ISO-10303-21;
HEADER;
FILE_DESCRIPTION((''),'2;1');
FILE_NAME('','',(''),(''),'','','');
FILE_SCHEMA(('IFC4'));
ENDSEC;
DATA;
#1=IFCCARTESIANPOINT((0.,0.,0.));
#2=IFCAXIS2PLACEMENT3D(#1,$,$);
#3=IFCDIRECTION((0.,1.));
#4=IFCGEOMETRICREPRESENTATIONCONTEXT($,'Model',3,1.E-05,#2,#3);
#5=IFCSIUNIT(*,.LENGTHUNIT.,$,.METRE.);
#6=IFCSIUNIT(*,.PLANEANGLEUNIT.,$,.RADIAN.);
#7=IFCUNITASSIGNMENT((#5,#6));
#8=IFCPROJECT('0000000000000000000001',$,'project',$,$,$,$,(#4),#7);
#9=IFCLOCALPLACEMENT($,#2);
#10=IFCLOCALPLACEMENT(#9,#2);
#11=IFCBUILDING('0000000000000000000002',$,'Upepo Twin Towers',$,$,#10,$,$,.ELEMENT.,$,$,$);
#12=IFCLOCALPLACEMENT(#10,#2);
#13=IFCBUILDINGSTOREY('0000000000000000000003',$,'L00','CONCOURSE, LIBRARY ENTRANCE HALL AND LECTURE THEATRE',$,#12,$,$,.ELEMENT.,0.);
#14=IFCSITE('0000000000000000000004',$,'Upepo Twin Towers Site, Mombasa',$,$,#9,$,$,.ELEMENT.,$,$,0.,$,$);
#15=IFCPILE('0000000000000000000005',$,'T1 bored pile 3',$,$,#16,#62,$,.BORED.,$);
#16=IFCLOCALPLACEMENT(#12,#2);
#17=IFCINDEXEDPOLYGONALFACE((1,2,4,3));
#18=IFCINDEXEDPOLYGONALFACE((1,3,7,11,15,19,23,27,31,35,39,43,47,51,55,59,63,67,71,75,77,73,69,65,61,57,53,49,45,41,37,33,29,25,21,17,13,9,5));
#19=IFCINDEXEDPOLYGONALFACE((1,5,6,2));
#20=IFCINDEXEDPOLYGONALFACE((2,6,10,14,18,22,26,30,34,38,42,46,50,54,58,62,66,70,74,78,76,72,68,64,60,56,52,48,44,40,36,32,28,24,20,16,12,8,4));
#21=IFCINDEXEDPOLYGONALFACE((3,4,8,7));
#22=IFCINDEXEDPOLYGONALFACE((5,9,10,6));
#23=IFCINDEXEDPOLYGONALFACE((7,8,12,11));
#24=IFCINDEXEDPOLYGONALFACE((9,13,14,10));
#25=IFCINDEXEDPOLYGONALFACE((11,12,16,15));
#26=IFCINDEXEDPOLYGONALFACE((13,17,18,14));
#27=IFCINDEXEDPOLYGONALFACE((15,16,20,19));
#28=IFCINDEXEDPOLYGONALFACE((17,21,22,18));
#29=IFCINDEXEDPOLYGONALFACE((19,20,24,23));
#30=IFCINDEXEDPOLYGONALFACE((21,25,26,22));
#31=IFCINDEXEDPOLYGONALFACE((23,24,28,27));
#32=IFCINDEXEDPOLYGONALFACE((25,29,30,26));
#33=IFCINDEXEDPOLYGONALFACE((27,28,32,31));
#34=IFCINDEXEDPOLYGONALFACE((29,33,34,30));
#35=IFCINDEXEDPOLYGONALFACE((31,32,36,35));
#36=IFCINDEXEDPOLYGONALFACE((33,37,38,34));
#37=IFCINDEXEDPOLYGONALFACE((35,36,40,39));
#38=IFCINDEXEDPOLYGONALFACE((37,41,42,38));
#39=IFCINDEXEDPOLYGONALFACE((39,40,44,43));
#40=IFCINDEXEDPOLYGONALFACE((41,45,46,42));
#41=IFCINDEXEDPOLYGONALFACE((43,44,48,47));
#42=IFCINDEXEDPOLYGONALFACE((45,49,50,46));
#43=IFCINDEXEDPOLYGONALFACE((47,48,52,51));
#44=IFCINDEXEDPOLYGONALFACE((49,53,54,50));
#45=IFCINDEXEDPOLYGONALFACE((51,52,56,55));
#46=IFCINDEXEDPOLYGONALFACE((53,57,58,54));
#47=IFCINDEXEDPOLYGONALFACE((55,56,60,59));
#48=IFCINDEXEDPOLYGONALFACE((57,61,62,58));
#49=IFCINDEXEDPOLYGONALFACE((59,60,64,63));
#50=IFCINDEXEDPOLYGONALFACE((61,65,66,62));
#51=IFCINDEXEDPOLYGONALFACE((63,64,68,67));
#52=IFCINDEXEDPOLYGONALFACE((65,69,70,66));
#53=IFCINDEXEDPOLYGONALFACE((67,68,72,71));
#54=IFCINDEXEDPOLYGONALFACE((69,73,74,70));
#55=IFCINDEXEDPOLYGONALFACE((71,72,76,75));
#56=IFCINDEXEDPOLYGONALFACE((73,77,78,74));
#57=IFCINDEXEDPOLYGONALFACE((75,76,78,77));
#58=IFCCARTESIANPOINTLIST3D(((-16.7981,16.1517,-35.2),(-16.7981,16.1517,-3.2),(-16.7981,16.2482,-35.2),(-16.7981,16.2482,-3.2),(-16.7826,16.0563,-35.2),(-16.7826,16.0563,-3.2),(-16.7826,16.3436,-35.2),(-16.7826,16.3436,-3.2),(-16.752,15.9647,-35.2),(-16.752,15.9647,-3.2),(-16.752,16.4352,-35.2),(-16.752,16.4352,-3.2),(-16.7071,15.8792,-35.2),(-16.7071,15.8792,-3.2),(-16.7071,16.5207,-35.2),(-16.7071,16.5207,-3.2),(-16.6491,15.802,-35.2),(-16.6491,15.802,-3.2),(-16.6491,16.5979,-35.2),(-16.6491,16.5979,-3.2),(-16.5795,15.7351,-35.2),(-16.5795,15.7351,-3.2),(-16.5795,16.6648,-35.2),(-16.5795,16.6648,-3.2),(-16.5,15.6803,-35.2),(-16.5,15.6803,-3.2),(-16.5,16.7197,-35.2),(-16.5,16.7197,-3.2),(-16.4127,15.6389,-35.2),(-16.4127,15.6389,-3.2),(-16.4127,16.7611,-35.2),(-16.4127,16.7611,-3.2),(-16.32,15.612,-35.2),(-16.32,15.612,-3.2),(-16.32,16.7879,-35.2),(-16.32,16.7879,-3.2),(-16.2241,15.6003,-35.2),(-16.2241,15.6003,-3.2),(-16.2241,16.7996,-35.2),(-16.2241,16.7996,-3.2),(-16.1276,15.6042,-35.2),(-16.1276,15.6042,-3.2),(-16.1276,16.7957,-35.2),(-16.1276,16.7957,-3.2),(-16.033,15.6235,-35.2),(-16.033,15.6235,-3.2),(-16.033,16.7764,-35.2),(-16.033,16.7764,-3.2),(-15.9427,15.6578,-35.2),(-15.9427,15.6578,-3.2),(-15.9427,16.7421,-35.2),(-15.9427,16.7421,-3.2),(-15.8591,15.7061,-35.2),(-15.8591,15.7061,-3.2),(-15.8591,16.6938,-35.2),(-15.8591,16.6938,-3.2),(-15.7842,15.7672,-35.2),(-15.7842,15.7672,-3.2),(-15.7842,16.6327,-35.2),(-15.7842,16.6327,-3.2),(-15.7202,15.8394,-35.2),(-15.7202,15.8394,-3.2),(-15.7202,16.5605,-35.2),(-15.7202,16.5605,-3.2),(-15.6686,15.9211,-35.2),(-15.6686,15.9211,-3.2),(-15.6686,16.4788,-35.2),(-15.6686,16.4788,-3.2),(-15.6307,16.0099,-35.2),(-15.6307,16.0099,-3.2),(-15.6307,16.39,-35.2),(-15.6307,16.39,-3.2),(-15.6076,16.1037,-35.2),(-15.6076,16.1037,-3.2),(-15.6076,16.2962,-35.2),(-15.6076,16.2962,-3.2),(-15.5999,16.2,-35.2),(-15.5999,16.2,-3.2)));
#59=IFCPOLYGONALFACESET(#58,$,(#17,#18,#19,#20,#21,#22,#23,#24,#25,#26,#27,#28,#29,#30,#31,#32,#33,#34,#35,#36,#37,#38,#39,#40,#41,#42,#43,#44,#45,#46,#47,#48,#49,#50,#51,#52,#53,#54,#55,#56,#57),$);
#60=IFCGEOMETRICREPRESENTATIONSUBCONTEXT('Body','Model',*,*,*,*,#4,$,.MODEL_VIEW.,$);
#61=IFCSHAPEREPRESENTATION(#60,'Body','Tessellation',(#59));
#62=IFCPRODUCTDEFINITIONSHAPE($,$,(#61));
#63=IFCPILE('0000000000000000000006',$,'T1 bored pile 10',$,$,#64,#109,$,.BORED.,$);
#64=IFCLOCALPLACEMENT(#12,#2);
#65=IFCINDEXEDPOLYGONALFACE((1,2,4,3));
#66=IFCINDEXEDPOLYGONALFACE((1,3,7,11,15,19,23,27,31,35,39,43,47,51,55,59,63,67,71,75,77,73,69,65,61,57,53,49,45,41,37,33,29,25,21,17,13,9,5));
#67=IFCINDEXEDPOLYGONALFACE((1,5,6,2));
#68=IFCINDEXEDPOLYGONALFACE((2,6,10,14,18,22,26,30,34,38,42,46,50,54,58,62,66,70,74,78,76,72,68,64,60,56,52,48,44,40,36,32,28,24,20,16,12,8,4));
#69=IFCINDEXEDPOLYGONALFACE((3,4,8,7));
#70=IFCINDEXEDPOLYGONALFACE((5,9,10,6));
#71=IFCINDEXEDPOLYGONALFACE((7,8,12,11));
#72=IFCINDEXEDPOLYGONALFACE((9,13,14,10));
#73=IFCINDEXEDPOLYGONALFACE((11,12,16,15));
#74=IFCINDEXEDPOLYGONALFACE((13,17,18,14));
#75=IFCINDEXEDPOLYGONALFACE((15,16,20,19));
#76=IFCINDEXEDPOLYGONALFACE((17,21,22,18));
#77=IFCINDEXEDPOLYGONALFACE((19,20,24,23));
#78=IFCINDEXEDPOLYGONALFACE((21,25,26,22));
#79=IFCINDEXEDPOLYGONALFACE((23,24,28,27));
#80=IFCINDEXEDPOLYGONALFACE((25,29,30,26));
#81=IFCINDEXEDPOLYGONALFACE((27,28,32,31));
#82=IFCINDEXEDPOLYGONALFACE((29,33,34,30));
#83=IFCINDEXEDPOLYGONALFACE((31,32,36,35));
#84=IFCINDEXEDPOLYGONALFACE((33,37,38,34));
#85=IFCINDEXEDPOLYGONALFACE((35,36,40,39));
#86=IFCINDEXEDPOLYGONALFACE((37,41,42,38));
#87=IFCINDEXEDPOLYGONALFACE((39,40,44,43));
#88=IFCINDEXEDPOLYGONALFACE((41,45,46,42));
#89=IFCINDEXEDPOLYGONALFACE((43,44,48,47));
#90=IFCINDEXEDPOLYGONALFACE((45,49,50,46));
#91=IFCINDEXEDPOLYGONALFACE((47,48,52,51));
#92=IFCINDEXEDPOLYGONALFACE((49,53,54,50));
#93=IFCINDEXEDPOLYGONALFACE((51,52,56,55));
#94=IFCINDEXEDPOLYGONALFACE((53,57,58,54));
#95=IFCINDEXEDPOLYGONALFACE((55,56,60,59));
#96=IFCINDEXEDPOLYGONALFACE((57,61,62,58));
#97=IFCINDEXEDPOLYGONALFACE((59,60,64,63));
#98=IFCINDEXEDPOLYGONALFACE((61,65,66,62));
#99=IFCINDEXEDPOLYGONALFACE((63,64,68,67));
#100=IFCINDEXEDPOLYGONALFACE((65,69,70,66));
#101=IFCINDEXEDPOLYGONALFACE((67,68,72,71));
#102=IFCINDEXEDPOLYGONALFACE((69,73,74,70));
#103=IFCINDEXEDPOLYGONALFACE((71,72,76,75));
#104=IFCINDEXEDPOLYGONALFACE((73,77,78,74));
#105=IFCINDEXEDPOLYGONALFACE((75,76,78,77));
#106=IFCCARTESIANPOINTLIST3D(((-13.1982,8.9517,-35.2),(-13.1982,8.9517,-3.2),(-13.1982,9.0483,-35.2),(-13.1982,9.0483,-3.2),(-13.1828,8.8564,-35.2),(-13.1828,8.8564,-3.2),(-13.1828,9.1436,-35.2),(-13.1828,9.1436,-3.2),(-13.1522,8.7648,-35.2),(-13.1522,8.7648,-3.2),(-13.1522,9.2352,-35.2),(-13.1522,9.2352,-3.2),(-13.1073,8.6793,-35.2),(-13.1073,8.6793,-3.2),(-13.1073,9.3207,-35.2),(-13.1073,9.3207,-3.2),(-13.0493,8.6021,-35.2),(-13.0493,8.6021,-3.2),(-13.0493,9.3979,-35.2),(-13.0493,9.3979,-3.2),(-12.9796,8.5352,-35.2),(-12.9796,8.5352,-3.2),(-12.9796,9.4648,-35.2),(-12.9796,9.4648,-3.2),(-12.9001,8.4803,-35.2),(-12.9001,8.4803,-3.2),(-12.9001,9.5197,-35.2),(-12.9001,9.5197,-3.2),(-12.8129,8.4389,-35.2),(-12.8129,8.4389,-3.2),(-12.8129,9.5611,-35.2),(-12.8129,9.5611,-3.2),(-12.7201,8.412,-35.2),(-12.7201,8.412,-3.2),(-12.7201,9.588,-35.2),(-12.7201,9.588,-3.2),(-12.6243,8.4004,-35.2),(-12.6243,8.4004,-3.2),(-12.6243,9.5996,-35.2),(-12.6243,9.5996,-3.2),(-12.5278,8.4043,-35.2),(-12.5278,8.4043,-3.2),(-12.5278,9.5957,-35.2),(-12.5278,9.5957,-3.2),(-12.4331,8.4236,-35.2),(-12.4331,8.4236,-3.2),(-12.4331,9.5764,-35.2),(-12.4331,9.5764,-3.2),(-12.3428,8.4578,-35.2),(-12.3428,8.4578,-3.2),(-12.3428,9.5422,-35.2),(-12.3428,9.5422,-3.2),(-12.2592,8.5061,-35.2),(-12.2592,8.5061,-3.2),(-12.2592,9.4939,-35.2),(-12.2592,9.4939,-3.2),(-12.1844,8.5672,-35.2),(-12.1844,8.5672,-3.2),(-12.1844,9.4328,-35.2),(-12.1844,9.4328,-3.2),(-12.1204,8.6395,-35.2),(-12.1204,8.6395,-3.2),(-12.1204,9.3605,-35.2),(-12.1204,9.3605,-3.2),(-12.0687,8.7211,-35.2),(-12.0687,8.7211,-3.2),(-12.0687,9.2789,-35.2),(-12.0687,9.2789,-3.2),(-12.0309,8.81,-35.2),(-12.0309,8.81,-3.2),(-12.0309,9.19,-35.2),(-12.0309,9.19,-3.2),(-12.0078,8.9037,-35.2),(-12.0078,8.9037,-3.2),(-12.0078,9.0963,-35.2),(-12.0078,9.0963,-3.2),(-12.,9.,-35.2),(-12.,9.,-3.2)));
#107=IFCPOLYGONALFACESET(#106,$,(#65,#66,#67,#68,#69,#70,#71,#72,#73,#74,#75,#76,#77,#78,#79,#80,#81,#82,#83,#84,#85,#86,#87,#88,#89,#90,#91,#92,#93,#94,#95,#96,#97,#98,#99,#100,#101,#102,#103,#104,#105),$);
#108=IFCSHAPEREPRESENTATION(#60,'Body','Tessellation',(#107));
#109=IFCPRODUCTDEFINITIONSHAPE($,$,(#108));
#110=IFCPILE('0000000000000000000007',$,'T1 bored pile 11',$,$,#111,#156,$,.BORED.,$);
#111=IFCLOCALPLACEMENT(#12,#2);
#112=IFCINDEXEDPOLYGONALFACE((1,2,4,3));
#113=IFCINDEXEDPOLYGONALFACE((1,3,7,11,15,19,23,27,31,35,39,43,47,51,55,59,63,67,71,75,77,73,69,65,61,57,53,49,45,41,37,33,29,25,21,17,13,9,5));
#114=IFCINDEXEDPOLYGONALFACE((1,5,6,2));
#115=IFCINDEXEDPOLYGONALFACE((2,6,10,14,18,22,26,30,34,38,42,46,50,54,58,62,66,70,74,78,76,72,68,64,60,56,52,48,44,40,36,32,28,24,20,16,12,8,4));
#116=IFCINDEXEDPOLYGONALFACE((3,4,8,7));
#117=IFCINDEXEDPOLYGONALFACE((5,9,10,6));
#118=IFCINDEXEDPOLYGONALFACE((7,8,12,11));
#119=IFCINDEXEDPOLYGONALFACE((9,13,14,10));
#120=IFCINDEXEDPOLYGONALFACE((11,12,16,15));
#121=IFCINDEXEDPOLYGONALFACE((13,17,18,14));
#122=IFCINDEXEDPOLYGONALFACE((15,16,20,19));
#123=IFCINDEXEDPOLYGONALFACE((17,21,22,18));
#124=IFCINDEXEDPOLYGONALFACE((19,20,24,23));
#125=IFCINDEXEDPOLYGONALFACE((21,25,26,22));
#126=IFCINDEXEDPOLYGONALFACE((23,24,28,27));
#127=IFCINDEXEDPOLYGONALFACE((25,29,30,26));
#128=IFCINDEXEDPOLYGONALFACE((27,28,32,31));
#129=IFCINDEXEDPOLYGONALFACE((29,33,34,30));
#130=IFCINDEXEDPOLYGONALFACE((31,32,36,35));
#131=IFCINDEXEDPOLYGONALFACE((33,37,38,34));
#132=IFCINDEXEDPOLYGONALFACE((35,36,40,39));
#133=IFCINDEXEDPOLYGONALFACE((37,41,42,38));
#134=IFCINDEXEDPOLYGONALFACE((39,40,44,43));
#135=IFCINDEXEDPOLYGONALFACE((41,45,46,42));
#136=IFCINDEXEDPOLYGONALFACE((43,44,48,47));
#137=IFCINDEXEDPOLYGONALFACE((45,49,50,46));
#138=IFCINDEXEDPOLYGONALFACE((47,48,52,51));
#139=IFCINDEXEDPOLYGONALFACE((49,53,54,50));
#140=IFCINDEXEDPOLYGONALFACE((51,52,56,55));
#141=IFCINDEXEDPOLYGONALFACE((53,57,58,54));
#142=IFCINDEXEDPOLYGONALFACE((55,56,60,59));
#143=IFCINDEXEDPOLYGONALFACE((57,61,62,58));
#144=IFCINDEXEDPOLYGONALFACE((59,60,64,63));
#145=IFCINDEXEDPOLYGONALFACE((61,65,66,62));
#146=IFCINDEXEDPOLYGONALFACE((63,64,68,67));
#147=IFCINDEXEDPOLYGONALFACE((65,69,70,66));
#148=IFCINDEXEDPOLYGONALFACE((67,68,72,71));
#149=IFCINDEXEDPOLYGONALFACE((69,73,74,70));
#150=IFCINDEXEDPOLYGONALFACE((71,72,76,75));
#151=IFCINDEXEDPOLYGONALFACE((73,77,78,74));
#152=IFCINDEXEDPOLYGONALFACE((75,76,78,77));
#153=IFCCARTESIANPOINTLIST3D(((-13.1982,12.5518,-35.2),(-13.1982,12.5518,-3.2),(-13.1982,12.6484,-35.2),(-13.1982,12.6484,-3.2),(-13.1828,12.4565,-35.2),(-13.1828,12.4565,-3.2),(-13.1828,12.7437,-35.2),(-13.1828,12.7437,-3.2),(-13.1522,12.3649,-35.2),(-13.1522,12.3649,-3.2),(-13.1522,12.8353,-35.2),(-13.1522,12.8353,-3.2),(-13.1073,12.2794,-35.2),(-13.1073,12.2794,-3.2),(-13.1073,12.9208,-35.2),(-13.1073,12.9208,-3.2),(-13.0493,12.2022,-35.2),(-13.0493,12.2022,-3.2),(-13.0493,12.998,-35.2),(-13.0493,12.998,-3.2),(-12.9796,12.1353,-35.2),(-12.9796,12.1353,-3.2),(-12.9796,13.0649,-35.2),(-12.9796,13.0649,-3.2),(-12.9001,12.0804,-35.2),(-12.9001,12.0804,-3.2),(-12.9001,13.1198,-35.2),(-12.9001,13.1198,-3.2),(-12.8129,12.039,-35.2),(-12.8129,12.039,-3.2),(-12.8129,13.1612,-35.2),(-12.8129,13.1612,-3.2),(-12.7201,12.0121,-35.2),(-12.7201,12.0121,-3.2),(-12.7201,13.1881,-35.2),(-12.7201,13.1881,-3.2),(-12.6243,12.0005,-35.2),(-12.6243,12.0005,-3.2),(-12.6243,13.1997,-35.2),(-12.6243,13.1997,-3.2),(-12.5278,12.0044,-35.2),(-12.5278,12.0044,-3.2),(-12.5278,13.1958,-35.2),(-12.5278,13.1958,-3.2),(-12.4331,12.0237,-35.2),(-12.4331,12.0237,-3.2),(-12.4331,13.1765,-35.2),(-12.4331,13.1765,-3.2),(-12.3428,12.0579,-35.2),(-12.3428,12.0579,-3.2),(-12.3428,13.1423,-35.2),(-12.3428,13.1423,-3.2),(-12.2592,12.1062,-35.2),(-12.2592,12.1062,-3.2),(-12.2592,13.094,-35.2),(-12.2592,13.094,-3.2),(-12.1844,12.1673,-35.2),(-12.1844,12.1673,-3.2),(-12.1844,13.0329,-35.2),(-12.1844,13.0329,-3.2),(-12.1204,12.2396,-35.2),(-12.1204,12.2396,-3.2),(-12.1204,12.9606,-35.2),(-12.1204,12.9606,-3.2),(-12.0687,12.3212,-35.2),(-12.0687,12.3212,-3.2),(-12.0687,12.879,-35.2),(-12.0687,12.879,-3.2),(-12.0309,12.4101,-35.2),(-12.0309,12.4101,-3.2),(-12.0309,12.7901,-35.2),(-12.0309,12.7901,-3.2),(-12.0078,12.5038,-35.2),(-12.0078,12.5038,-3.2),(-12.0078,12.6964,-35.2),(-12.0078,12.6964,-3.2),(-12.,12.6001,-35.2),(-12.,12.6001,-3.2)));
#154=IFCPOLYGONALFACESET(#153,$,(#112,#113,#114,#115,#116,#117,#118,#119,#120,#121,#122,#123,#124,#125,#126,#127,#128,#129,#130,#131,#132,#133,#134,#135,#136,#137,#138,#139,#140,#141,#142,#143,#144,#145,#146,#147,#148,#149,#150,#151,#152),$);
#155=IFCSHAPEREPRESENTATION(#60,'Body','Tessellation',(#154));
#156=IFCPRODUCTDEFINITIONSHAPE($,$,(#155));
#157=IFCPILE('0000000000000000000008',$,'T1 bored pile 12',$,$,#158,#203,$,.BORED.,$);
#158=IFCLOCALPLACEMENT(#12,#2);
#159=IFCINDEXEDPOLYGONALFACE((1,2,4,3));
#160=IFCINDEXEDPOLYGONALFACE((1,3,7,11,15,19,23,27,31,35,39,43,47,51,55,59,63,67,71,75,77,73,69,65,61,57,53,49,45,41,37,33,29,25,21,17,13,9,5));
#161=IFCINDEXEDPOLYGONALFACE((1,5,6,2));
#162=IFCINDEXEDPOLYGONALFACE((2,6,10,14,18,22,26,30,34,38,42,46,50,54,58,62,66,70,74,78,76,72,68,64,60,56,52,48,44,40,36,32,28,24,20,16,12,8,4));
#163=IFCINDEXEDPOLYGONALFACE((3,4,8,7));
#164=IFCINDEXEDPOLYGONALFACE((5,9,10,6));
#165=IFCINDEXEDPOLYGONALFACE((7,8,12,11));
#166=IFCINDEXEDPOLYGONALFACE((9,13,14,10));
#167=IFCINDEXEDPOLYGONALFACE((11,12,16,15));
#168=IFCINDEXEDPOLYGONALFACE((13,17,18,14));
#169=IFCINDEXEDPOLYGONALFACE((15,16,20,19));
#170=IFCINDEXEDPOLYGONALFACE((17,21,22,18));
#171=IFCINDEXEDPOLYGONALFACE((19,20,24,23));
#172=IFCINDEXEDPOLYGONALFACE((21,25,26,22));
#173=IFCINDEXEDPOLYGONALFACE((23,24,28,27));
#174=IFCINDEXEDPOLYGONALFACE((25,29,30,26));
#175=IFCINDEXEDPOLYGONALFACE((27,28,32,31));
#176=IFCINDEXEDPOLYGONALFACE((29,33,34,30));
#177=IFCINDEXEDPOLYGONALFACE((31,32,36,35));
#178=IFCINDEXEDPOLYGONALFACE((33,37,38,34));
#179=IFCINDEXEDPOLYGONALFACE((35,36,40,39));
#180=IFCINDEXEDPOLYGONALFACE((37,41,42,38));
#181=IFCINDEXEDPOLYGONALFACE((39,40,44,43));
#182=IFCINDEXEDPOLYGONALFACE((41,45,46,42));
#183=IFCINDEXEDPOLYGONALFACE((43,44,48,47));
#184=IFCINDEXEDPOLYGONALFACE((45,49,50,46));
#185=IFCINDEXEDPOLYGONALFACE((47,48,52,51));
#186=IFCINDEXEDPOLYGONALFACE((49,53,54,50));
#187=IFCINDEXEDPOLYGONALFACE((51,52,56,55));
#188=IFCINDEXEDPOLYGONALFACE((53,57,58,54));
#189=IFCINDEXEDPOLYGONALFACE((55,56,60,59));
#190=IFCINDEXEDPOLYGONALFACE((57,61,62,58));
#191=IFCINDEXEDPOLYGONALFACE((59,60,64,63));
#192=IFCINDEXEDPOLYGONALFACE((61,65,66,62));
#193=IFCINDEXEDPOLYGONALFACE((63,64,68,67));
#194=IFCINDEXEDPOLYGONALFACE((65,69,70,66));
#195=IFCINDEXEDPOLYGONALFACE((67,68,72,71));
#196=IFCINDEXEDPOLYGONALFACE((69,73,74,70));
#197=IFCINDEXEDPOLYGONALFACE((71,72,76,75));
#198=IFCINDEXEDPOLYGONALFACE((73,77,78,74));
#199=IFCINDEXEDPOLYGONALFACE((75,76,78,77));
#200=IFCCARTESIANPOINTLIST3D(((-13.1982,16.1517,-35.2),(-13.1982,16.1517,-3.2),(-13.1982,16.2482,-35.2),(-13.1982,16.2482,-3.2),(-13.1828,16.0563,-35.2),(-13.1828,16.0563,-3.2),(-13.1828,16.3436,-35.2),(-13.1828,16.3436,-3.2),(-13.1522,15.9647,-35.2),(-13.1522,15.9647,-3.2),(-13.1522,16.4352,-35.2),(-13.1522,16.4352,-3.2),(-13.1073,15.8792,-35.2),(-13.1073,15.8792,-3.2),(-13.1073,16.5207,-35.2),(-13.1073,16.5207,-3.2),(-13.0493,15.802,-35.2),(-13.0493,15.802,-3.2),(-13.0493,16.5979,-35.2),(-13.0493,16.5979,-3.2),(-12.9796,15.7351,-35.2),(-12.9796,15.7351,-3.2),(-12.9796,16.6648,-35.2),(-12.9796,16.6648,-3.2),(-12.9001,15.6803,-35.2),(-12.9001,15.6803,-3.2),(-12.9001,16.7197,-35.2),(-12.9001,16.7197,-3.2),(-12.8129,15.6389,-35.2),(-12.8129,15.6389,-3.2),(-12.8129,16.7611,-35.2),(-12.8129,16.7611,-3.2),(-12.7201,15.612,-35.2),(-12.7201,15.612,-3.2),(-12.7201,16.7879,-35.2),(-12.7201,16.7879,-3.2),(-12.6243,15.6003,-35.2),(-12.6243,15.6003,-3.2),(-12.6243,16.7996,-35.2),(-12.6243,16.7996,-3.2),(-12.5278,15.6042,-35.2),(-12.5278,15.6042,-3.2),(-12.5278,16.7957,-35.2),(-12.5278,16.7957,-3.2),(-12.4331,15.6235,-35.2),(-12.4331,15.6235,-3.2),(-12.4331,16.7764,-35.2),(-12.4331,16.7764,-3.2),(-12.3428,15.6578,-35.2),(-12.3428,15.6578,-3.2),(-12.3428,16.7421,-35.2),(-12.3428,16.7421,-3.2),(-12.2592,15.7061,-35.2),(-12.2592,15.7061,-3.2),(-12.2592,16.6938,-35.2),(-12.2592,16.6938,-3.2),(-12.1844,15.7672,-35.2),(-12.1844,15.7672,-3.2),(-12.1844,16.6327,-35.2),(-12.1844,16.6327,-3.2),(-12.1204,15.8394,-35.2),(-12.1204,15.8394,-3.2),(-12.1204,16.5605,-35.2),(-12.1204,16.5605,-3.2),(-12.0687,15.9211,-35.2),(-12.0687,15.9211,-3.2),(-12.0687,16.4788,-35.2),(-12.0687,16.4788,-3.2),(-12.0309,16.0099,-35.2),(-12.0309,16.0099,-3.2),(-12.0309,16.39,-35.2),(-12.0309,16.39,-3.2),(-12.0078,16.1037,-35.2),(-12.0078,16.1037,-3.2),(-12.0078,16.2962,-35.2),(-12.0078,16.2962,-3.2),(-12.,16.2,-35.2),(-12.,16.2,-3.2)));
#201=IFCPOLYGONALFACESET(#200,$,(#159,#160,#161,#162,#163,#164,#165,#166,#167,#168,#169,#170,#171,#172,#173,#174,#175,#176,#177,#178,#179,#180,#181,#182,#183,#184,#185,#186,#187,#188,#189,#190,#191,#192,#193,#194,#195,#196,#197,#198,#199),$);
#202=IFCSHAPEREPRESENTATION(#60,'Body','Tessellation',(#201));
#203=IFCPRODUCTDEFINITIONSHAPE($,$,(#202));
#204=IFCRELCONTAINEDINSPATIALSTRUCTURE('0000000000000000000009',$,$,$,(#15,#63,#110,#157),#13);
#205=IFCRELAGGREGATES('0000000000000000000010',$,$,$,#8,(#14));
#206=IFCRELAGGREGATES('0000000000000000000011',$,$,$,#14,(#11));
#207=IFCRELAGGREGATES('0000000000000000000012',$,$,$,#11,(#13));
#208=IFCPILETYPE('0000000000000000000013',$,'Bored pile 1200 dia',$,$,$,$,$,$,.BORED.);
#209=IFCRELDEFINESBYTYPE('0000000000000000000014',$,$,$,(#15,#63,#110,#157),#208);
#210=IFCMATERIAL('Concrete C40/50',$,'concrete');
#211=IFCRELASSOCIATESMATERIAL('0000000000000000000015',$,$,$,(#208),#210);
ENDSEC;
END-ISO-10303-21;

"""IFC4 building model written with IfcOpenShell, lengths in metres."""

from ifc_helpers import new_model, si_unit, direction, frame, origin, origin_2d, place, context, subcontext, project, spatial, circle, extrude, material, type_object, element, save


model = new_model("IFC4")

# Units and contexts
model_context = context("Model", 3, precision=1e-05, world=origin(), true_north=direction((0.0, 1.0)))
body_context = subcontext(model_context, "Body", "Model", "MODEL_VIEW")
ifc_project = project(units=[si_unit("LENGTHUNIT", "METRE"), si_unit("PLANEANGLEUNIT", "RADIAN")], contexts=[model_context])

# Site, building, storey
site_placement = place(None, origin())
site = spatial("IfcSite", under=ifc_project, at=site_placement, Name="Upepo Twin Towers Site, Mombasa", CompositionType="ELEMENT", RefElevation=0.0)
building_placement = place(site_placement, origin())
building = spatial("IfcBuilding", under=site, at=building_placement, Name="Upepo Twin Towers", CompositionType="ELEMENT")
storey_placement = place(building_placement, origin())
storey = spatial("IfcBuildingStorey", under=building, at=storey_placement, Name="L00", Description="CONCOURSE, LIBRARY ENTRANCE HALL AND LECTURE THEATRE", CompositionType="ELEMENT", Elevation=0.0)

# Piles
ifc_material_1 = material(Name="Concrete C40/50", Category="concrete")
pile_type = type_object("IfcPileType", Name="Bored pile 1200 dia", PredefinedType="BORED", material=ifc_material_1)
for number, where, z_axis, x_axis, name in (
    (1, (-16.2, 16.2, -3.2), (0.0, 0.0, -1.0), (1.0, 0.0, 0.0), "T1 bored pile 3"),
    (2, (-12.6001, 9.0, -3.2), (0.0, 0.0, -1.0), (1.0, 0.0, 0.0), "T1 bored pile 10"),
    (3, (-12.6001, 12.6001, -3.2), (0.0, 0.0, -1.0), (1.0, 0.0, 0.0), "T1 bored pile 11"),
    (4, (-12.6001, 16.2, -3.2), (0.0, 0.0, -1.0), (1.0, 0.0, 0.0), "T1 bored pile 12"),
):
    element("IfcPile", number, at=place(storey_placement, frame(where, z_axis=z_axis, x_axis=x_axis)), inside=storey, type_object=pile_type, Name=name, PredefinedType="BORED", context=body_context, shape_type="SweptSolid", body=[
        extrude(circle(Radius=0.6001, at=origin_2d()), origin(), (0.0, 0.0, 1.0), 32.0),
    ])

save(model, "model.ifc")
